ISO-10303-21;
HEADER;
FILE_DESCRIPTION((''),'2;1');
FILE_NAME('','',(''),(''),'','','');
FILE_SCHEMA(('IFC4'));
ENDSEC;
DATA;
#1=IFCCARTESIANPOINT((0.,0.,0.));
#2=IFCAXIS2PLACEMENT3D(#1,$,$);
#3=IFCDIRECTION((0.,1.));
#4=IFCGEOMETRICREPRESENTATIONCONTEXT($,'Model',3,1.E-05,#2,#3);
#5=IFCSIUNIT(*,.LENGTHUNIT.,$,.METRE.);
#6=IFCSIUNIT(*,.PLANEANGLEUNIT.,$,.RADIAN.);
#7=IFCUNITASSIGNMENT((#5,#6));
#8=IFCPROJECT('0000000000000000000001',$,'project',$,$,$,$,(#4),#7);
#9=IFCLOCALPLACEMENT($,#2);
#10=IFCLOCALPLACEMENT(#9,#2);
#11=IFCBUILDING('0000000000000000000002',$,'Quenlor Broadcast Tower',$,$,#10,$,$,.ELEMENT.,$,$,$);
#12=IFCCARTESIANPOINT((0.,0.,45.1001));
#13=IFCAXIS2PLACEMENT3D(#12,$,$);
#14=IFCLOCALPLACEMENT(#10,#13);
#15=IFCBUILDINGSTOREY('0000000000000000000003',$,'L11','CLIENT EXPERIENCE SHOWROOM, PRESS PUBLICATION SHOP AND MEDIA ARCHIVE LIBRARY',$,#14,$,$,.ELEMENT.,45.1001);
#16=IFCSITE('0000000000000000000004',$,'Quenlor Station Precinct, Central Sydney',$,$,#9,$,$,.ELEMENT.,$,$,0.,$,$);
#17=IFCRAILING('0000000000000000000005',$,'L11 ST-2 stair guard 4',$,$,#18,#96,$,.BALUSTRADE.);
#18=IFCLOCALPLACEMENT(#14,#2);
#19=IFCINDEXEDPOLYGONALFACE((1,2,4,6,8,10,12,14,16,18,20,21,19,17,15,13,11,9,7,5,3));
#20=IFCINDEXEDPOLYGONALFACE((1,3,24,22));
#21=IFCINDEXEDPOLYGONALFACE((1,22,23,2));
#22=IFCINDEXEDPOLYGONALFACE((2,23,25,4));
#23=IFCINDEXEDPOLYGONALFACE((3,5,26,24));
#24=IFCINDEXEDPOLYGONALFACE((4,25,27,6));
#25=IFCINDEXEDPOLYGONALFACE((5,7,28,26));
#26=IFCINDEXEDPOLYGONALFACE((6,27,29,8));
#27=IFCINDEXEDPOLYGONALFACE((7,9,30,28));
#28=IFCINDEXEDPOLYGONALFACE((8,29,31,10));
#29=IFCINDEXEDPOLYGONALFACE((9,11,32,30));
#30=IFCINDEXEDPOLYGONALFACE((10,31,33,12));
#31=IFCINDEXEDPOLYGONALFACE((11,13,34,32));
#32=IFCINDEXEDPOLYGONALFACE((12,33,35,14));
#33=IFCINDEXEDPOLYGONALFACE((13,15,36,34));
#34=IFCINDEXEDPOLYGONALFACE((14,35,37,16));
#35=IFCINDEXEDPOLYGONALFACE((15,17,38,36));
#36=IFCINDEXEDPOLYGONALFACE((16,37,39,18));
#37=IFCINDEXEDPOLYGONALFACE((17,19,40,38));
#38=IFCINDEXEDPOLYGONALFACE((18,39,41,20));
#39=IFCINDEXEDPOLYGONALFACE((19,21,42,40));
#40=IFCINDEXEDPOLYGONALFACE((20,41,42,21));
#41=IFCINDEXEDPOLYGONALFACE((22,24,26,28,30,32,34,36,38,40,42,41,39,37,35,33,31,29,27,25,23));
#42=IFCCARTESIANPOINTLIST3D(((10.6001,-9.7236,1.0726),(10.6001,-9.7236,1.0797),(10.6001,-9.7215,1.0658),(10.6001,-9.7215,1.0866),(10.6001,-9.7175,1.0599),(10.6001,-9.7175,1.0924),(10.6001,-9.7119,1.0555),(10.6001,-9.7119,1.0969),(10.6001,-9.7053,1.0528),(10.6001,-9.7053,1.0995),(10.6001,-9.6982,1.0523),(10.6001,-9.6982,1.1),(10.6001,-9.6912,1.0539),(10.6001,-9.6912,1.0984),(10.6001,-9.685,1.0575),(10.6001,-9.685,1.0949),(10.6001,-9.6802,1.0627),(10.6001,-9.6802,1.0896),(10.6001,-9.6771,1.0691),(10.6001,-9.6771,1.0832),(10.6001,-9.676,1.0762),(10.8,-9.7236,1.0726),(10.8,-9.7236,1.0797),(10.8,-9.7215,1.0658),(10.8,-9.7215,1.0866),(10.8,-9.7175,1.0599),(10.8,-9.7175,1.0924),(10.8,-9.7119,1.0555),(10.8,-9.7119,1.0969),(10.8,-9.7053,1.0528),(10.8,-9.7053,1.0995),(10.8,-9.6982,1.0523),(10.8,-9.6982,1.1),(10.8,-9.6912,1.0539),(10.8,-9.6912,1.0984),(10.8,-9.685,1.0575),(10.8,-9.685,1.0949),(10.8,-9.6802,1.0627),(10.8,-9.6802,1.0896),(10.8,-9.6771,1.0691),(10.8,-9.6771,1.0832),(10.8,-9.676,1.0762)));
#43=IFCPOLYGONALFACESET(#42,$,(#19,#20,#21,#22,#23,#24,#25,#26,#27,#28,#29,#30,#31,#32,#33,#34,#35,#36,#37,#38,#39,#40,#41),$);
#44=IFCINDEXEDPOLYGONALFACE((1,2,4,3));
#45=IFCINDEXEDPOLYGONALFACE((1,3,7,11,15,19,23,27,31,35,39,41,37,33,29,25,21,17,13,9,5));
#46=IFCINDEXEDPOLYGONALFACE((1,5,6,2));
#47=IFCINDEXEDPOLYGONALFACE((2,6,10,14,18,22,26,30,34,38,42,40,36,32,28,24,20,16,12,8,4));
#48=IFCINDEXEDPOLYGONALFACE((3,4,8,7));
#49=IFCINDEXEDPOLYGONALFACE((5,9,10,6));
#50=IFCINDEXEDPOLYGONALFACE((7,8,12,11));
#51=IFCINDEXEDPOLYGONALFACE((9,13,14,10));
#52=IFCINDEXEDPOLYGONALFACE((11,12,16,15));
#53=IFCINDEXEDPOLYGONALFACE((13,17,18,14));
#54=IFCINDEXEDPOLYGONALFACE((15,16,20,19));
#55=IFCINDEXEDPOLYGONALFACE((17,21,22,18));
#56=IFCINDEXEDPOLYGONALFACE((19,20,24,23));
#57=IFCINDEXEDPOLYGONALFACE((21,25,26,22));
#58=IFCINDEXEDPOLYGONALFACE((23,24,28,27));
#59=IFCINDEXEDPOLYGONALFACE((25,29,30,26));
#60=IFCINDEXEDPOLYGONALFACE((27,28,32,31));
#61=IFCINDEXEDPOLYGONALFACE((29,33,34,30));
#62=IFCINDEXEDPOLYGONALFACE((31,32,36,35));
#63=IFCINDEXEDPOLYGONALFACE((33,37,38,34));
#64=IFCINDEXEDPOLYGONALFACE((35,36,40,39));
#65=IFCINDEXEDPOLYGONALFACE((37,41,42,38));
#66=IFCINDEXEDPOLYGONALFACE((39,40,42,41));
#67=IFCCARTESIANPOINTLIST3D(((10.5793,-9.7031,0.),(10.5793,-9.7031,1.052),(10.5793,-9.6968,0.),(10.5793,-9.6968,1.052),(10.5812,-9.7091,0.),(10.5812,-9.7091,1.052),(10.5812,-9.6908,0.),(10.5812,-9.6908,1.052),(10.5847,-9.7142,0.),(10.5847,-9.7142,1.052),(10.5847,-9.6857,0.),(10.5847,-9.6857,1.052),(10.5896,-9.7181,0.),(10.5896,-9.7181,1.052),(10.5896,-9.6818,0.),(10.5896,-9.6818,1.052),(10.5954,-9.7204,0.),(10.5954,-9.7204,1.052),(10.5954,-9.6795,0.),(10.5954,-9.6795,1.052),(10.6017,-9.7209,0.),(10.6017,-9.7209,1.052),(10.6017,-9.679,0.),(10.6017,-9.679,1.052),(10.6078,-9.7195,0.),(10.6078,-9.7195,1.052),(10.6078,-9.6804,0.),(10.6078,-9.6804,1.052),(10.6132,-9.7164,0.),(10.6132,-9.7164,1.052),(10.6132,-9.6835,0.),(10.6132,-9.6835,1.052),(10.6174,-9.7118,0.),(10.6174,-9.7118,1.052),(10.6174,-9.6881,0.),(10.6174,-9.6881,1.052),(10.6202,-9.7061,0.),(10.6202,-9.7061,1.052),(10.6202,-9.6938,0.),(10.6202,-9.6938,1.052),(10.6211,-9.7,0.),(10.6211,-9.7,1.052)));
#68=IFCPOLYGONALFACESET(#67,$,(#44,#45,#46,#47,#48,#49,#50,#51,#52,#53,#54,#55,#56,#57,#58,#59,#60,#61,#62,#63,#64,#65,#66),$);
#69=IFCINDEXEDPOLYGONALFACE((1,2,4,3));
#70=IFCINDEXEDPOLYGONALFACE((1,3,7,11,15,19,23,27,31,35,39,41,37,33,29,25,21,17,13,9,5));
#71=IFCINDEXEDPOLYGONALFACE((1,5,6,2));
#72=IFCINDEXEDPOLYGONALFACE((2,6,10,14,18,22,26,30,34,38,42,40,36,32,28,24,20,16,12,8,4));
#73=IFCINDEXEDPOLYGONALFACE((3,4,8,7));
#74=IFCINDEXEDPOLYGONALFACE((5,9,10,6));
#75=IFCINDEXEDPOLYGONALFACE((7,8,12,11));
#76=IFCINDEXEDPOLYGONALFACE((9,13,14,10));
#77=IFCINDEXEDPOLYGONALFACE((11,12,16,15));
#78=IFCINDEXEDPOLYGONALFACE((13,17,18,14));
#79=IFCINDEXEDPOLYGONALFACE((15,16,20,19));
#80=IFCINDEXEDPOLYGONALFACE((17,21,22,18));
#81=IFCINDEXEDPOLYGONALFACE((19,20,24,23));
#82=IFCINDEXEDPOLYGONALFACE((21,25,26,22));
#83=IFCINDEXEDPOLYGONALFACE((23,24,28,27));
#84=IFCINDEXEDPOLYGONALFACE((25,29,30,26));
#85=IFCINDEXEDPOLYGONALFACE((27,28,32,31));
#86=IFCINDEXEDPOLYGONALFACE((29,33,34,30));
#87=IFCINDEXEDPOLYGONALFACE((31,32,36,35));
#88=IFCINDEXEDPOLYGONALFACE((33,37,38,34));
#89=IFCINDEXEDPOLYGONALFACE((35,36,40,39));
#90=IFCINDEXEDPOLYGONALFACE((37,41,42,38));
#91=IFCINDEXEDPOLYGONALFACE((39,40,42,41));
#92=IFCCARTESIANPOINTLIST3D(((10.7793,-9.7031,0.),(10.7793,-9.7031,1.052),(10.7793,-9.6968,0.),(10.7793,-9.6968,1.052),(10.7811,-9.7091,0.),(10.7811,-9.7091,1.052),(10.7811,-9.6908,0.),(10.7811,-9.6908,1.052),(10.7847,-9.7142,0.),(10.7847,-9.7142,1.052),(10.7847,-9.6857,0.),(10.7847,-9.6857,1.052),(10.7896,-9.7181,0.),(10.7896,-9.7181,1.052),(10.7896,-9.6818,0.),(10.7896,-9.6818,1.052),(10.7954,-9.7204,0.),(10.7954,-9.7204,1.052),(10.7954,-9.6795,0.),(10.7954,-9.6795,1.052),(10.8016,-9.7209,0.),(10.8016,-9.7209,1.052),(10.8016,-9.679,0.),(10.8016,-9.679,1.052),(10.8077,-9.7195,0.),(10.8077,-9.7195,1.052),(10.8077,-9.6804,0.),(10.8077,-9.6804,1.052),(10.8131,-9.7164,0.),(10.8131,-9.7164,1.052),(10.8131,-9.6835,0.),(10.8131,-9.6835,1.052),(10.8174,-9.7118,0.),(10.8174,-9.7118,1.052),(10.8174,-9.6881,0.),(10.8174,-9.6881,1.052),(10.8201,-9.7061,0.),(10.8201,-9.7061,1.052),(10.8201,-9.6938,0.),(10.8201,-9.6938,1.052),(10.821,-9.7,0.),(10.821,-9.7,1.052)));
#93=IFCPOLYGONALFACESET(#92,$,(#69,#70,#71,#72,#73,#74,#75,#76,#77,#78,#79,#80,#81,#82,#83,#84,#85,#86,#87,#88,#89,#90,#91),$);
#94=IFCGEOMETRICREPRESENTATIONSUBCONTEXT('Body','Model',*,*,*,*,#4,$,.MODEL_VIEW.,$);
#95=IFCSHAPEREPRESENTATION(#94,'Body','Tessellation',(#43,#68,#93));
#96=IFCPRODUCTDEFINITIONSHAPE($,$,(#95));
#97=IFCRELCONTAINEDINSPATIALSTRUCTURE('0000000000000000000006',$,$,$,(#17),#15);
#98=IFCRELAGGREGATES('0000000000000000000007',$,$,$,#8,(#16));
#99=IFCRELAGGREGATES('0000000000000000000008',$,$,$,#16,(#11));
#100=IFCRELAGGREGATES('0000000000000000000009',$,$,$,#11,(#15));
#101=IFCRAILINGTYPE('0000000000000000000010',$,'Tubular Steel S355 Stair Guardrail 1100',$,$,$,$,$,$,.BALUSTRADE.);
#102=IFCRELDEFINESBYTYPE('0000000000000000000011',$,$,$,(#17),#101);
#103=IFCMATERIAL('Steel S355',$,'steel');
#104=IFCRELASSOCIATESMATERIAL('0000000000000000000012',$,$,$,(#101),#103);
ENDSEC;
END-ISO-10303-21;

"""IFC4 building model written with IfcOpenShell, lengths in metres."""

from ifc_helpers import new_model, si_unit, direction, frame, origin, origin_2d, place, context, subcontext, project, spatial, circle, extrude, material, type_object, element, save


model = new_model("IFC4")

# Units and contexts
model_context = context("Model", 3, precision=1e-05, world=origin(), true_north=direction((0.0, 1.0)))
body_context = subcontext(model_context, "Body", "Model", "MODEL_VIEW")
ifc_project = project(units=[si_unit("LENGTHUNIT", "METRE"), si_unit("PLANEANGLEUNIT", "RADIAN")], contexts=[model_context])

# Site, building, storey
site_placement = place(None, origin())
site = spatial("IfcSite", under=ifc_project, at=site_placement, Name="Quenlor Station Precinct, Central Sydney", CompositionType="ELEMENT", RefElevation=0.0)
building_placement = place(site_placement, origin())
building = spatial("IfcBuilding", under=site, at=building_placement, Name="Quenlor Broadcast Tower", CompositionType="ELEMENT")
storey_placement = place(building_placement, frame((0.0, 0.0, 45.1001)))
storey = spatial("IfcBuildingStorey", under=building, at=storey_placement, Name="L11", Description="CLIENT EXPERIENCE SHOWROOM, PRESS PUBLICATION SHOP AND MEDIA ARCHIVE LIBRARY", CompositionType="ELEMENT", Elevation=45.1001)

# Railing
ifc_material_1 = material(Name="Steel S355", Category="steel")
railing_type_1 = type_object("IfcRailingType", Name="Tubular Steel S355 Stair Guardrail 1100", PredefinedType="BALUSTRADE", material=ifc_material_1)
railing_1_placement = place(storey_placement, frame((10.6001, -9.7, 0.0)))
element("IfcRailing", 1, at=railing_1_placement, inside=storey, type_object=railing_type_1, Name="L11 ST-2 stair guard 4", PredefinedType="BALUSTRADE", context=body_context, shape_type="SweptSolid", body=[
    extrude(circle(Radius=0.0239, at=origin_2d()), frame((0.0, 0.0, 1.0762), z_axis=(1.0, 0.0, 0.0), x_axis=(0.0, 1.0, 0.0)), (0.0, 0.0, 1.0), 0.2),
    extrude(circle(Radius=0.021, at=origin_2d()), origin(), (0.0, 0.0, 1.0), 1.052),
    extrude(circle(Radius=0.021, at=origin_2d()), frame((0.2, 0.0, 0.0)), (0.0, 0.0, 1.0), 1.052),
])

save(model, "model.ifc")
